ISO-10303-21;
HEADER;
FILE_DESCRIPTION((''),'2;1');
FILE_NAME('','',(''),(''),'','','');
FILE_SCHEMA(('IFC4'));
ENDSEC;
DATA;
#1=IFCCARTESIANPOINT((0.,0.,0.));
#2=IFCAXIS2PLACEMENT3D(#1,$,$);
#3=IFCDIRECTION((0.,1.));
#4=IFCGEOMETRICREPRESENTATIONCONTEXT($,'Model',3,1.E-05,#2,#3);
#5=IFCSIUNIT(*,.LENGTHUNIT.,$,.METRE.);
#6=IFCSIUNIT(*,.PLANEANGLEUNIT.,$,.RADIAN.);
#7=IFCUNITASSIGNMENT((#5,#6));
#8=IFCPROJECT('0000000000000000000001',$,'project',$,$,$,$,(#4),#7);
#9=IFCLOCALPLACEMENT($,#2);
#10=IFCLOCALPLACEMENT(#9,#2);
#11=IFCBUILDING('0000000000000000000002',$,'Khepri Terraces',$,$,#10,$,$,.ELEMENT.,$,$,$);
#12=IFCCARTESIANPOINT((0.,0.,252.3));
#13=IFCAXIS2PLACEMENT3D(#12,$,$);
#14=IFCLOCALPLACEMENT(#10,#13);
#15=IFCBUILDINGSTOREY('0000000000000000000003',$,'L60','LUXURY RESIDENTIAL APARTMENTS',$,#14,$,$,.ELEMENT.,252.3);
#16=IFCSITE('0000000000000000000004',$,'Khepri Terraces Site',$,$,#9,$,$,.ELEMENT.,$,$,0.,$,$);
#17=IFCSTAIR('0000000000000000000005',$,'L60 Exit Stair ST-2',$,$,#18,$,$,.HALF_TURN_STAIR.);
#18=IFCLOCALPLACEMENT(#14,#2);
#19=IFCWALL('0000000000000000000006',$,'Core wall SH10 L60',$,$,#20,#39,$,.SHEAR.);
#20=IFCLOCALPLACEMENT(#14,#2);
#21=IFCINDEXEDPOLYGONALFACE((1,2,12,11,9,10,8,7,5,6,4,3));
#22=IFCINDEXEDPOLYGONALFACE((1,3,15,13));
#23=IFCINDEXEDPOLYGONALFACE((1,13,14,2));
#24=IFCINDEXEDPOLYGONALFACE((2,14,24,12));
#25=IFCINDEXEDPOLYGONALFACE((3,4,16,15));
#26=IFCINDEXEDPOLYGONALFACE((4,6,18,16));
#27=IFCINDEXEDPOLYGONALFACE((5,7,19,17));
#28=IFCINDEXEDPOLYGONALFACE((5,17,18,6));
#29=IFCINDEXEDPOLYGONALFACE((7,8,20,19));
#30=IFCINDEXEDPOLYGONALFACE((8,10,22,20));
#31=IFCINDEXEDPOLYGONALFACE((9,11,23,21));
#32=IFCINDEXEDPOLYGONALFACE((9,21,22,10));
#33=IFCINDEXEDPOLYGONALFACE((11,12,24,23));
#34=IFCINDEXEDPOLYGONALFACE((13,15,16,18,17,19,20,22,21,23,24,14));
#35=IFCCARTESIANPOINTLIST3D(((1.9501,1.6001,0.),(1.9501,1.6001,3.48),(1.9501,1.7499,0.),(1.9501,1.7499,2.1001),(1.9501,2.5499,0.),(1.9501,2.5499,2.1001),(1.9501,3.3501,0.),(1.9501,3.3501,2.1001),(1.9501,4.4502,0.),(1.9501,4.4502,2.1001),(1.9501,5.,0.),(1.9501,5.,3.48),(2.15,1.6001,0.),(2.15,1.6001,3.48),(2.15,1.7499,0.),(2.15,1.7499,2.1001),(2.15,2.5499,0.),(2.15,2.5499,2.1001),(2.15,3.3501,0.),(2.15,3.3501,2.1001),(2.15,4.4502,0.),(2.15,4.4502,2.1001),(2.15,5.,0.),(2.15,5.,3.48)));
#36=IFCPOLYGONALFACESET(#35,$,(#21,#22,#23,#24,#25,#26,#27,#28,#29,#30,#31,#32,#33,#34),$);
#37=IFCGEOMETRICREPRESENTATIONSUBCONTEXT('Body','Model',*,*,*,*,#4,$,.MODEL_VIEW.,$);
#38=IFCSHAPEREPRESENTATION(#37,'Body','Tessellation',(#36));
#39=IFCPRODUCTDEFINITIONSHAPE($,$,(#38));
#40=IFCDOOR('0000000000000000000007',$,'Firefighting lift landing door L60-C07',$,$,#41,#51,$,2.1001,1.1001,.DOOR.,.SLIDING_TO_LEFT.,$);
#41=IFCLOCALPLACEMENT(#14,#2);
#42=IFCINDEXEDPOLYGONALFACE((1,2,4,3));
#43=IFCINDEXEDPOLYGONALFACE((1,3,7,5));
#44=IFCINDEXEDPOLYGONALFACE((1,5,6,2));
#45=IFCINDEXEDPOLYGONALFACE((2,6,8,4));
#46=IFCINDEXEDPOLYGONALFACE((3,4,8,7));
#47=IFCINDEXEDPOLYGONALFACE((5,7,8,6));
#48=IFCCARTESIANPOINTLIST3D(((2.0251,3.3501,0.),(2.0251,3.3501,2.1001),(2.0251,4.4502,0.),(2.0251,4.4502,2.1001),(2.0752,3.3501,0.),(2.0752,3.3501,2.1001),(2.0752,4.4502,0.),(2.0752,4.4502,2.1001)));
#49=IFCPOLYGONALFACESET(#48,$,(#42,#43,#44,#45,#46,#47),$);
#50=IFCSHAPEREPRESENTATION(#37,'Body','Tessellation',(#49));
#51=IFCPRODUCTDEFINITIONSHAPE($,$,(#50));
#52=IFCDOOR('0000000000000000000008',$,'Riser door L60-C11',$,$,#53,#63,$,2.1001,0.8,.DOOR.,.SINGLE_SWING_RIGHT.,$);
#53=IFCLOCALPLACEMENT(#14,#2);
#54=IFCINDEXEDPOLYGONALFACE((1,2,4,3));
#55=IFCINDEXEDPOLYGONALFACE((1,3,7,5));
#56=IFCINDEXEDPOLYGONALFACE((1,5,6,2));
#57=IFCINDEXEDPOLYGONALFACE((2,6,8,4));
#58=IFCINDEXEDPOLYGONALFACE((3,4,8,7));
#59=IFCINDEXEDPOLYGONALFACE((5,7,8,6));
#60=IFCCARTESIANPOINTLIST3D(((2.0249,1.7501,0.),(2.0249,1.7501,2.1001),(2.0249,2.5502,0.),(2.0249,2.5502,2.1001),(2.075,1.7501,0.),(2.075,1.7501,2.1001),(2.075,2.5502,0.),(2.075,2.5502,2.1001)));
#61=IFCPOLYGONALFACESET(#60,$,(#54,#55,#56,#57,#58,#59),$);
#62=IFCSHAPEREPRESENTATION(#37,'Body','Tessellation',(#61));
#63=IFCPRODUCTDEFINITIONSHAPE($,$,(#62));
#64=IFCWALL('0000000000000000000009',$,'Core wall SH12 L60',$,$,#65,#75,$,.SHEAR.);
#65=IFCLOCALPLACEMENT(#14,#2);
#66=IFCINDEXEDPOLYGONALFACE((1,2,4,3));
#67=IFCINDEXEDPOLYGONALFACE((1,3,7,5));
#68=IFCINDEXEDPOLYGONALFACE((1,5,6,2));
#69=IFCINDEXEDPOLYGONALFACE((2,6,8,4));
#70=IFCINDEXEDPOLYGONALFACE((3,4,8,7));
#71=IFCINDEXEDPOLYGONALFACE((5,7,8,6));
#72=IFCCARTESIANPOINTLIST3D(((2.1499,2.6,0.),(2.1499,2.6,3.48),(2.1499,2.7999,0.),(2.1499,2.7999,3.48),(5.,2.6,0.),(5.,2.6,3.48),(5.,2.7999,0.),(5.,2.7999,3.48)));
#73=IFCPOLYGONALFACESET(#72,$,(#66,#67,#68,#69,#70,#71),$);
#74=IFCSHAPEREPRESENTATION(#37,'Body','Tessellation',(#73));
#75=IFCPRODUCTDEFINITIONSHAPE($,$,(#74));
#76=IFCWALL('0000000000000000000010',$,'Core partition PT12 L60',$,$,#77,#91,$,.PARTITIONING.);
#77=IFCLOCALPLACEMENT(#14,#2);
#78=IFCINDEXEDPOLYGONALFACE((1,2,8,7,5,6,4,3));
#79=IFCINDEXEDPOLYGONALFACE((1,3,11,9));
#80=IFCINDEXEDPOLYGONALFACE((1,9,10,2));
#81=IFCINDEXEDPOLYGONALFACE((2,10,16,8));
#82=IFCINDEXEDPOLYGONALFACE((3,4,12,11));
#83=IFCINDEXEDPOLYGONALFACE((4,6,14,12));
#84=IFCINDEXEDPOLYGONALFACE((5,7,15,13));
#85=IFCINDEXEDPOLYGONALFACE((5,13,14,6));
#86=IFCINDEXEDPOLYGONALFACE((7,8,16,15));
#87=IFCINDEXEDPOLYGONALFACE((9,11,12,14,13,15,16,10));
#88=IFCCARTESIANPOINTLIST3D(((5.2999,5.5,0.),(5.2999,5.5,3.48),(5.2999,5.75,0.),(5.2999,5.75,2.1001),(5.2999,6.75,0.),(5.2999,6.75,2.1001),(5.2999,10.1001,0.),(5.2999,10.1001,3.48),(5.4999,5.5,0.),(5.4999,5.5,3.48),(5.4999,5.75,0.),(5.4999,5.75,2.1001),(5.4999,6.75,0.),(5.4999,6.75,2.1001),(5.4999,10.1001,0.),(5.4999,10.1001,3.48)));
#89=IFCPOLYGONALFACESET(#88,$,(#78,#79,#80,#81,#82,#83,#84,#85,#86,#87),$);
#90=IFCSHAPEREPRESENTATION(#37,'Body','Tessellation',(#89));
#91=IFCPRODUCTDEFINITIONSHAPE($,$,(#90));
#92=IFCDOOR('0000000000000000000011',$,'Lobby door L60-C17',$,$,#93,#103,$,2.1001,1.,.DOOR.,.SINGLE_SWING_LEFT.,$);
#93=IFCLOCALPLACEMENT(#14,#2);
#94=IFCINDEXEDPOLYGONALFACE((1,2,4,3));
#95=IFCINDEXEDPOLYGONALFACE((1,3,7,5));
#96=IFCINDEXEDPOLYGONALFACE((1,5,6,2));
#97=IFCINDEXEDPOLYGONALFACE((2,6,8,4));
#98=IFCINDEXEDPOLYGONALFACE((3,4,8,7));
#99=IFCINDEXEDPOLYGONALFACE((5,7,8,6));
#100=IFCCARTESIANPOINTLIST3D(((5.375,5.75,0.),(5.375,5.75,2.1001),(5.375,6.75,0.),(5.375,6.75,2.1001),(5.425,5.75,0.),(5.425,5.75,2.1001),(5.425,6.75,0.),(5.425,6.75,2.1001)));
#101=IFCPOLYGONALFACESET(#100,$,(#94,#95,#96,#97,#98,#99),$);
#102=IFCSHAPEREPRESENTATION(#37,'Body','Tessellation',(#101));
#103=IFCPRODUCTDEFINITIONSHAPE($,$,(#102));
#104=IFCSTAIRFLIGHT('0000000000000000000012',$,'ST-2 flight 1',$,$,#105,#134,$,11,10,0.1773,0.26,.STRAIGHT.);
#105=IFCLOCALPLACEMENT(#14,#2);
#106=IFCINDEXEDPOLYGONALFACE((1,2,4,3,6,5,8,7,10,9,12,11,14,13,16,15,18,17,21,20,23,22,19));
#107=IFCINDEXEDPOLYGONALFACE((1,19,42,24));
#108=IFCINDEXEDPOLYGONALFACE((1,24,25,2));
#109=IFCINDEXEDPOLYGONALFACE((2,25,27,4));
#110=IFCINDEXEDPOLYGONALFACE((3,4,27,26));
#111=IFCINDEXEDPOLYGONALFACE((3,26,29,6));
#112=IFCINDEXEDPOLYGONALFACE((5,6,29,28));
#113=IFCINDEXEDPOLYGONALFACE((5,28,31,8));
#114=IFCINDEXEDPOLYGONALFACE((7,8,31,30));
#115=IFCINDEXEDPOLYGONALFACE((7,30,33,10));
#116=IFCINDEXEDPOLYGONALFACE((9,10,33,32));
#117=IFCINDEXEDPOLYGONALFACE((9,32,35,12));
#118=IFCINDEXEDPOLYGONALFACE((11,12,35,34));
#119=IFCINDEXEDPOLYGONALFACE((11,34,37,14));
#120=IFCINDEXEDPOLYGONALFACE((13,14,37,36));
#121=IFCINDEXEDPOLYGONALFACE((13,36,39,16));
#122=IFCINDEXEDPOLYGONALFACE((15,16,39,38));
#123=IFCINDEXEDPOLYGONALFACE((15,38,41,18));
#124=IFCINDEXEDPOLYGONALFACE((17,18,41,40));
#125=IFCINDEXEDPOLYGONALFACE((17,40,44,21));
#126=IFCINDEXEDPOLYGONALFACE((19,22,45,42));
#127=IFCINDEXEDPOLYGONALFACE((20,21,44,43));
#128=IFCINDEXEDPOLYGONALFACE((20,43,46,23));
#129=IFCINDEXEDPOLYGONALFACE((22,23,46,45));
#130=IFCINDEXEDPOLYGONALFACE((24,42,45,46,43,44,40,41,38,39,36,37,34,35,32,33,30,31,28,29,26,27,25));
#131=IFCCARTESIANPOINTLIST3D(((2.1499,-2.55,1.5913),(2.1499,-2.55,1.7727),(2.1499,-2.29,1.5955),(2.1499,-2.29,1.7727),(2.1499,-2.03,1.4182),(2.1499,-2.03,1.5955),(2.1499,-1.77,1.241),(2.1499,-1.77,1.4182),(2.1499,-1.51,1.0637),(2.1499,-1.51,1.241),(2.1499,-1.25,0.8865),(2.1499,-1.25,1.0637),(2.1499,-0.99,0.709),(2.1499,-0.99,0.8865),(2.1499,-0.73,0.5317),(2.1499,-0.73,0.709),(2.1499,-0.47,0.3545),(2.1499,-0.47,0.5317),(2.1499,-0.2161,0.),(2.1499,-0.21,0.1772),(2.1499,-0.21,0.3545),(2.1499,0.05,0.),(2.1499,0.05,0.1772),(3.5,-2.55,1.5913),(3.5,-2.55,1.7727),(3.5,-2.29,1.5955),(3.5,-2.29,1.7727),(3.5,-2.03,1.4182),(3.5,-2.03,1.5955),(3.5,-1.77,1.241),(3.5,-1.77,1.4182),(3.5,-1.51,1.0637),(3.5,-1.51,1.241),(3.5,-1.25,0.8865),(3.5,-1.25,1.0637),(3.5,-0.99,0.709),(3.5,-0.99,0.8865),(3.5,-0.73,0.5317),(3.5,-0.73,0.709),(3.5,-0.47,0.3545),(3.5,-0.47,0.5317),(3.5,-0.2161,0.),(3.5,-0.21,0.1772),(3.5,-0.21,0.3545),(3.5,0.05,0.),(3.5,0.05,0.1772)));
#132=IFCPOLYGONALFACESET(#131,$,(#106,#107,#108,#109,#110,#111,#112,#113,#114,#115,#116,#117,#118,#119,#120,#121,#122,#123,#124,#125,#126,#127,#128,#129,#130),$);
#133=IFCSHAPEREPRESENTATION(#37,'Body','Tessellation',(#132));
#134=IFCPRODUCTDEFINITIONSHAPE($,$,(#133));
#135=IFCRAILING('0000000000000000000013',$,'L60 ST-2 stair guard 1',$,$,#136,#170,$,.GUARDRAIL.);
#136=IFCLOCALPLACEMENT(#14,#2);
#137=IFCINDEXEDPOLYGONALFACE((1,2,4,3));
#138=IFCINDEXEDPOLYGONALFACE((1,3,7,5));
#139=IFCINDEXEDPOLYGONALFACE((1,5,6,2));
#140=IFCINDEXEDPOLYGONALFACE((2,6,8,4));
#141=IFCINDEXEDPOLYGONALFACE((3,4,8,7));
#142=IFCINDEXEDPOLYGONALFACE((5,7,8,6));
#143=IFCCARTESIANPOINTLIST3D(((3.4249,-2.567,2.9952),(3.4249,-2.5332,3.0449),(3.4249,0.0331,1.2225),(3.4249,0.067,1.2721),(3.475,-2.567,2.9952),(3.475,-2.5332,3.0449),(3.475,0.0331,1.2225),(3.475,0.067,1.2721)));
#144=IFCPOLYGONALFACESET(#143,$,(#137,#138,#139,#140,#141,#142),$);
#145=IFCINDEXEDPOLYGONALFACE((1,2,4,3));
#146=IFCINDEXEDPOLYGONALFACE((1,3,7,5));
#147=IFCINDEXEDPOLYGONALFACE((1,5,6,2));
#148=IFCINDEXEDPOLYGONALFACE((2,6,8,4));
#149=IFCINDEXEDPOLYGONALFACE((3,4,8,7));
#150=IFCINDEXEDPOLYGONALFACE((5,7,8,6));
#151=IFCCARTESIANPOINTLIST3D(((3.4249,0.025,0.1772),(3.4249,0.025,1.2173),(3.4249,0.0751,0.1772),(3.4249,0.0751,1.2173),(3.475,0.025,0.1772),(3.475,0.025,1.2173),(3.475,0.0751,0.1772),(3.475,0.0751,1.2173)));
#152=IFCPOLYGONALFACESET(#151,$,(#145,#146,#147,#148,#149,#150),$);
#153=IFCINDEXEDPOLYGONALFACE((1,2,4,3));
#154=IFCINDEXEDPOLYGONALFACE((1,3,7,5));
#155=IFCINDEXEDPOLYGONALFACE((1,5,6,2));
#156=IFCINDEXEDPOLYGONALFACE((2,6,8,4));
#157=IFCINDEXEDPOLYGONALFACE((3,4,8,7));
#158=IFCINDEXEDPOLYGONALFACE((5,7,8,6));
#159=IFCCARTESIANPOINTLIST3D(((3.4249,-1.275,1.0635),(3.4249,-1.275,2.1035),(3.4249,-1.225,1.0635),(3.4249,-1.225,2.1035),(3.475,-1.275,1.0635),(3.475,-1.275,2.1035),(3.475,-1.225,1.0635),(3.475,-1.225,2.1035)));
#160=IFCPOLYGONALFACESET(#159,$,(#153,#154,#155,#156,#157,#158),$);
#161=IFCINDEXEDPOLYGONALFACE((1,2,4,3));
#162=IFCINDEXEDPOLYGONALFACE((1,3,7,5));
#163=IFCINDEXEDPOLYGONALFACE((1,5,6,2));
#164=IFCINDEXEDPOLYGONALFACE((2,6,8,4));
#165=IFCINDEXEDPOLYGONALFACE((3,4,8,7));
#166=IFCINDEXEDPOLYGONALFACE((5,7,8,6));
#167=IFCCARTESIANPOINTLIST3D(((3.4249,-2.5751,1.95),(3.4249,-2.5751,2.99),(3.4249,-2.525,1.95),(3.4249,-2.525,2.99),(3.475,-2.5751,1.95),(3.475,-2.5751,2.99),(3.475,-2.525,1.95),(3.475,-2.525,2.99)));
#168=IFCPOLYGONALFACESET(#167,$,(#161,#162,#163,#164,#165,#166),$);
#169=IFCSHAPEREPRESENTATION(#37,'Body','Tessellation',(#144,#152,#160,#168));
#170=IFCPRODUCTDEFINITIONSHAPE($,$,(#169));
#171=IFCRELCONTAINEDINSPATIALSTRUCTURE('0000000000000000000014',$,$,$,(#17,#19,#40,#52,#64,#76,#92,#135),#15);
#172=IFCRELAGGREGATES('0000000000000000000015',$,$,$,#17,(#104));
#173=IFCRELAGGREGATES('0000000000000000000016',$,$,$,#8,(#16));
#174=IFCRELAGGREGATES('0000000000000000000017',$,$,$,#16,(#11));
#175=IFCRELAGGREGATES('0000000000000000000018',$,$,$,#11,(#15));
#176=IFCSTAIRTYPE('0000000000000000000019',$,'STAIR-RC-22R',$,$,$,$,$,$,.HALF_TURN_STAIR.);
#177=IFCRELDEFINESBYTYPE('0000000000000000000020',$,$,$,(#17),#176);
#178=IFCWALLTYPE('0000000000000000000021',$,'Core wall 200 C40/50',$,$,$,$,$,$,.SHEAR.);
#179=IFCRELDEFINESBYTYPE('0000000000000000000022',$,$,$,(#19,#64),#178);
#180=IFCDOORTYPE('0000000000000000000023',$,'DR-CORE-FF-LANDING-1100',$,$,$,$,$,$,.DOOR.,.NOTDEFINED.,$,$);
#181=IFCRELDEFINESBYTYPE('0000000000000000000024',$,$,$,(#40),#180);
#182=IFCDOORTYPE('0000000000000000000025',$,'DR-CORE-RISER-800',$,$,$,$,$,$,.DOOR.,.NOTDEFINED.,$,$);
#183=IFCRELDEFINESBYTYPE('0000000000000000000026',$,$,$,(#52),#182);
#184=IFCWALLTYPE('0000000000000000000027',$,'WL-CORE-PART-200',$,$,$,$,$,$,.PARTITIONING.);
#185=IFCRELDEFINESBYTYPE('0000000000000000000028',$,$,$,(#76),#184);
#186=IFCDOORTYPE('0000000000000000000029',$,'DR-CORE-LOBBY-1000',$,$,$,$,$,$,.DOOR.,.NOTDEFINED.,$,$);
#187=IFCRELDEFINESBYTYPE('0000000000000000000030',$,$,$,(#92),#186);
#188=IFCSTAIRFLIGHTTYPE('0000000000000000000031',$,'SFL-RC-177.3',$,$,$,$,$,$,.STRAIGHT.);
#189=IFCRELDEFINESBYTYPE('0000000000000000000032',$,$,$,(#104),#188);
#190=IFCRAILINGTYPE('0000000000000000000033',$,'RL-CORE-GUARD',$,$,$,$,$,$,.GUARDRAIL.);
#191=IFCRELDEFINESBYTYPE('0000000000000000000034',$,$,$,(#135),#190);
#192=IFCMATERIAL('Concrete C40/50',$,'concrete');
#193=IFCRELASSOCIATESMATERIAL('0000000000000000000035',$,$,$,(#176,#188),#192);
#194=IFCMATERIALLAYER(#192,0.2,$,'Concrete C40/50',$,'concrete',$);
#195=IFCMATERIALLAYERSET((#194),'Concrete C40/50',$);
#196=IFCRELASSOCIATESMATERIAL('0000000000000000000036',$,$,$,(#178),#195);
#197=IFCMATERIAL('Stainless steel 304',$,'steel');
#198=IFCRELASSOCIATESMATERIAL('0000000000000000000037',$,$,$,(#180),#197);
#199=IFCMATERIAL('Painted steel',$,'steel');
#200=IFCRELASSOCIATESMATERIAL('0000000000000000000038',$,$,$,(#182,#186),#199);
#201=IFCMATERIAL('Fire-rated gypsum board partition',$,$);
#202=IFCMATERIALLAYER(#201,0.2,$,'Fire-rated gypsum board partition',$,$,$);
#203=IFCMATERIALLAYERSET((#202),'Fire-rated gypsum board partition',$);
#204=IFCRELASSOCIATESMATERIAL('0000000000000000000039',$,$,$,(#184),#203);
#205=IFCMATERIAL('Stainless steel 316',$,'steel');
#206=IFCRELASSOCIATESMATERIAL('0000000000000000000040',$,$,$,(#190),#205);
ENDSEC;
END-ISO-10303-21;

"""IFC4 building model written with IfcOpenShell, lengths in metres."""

from ifc_helpers import new_model, si_unit, direction, frame, frame_2d, origin, origin_2d, place, context, subcontext, project, spatial, polyline, rectangle, outline, extrude, material, layer, layer_set, type_object, element, fill, aggregate, save


model = new_model("IFC4")

# Units and contexts
model_context = context("Model", 3, precision=1e-05, world=origin(), true_north=direction((0.0, 1.0)))
body_context = subcontext(model_context, "Body", "Model", "MODEL_VIEW")
ifc_project = project(units=[si_unit("LENGTHUNIT", "METRE"), si_unit("PLANEANGLEUNIT", "RADIAN")], contexts=[model_context])

# Site, building, storey
site_placement = place(None, origin())
site = spatial("IfcSite", under=ifc_project, at=site_placement, Name="Khepri Terraces Site", CompositionType="ELEMENT", RefElevation=0.0)
building_placement = place(site_placement, origin())
building = spatial("IfcBuilding", under=site, at=building_placement, Name="Khepri Terraces", CompositionType="ELEMENT")
storey_placement = place(building_placement, frame((0.0, 0.0, 252.3)))
storey = spatial("IfcBuildingStorey", under=building, at=storey_placement, Name="L60", Description="LUXURY RESIDENTIAL APARTMENTS", CompositionType="ELEMENT", Elevation=252.3)

# Stair
ifc_material_1 = material(Name="Concrete C40/50", Category="concrete")
stair_type = type_object("IfcStairType", Name="STAIR-RC-22R", PredefinedType="HALF_TURN_STAIR", material=ifc_material_1)
stair_1_placement = place(storey_placement, origin())
stair_1 = element("IfcStair", 1, at=stair_1_placement, inside=storey, type_object=stair_type, Name="L60 Exit Stair ST-2", PredefinedType="HALF_TURN_STAIR")

# Shared definitions
ifc_layer_1 = layer(ifc_material_1, 0.2, Name="Concrete C40/50", Category="concrete")
ifc_layer_set_1 = layer_set([ifc_layer_1], Name="Concrete C40/50")
wall_type_1 = type_object("IfcWallType", Name="Core wall 200 C40/50", PredefinedType="SHEAR", material=ifc_layer_set_1)

# Shared definitions
ifc_material_2 = material(Name="Painted steel", Category="steel")

# Wall, openings, doors
wall_1_placement = place(storey_placement, frame((2.05, 1.6001, 0.0), z_axis=(0.0, 0.0, 1.0), x_axis=(0.0, 1.0, 0.0)))
wall_1 = element("IfcWall", 2, at=wall_1_placement, inside=storey, type_object=wall_type_1, Name="Core wall SH10 L60", PredefinedType="SHEAR", context=body_context, shape_type="SweptSolid", body=[
    extrude(rectangle(XDim=3.3999, YDim=0.2, at=frame_2d((1.7, 0.0))), origin(), (0.0, 0.0, 1.0), 3.48),
])
opening_1_placement = place(wall_1_placement, frame((1.75, 0.0, 0.0)))
opening_1 = element("IfcOpeningElement", 3, at=opening_1_placement, cuts=wall_1, PredefinedType="OPENING", context=body_context, shape_type="SweptSolid", body=[
    extrude(rectangle(XDim=1.1001, YDim=2.1001, at=frame_2d((0.55, 1.05))), frame((0.0, 0.1099, 0.0), z_axis=(0.0, -1.0, 0.0), x_axis=(1.0, 0.0, 0.0)), (0.0, 0.0, 1.0), 0.22),
])
opening_2_placement = place(wall_1_placement, frame((0.1499, 0.0, 0.0)))
opening_2 = element("IfcOpeningElement", 4, at=opening_2_placement, cuts=wall_1, PredefinedType="OPENING", context=body_context, shape_type="SweptSolid", body=[
    extrude(rectangle(XDim=0.8, YDim=2.1001, at=frame_2d((0.3999, 1.05))), frame((0.0, 0.1099, 0.0), z_axis=(0.0, -1.0, 0.0), x_axis=(1.0, 0.0, 0.0)), (0.0, 0.0, 1.0), 0.22),
])
ifc_material_3 = material(Name="Stainless steel 304", Category="steel")
door_type_1 = type_object("IfcDoorType", Name="DR-CORE-FF-LANDING-1100", OperationType="NOTDEFINED", PredefinedType="DOOR", material=ifc_material_3)
door_1_placement = place(opening_1_placement, origin())
door_1 = element("IfcDoor", 5, at=door_1_placement, inside=storey, type_object=door_type_1, Name="Firefighting lift landing door L60-C07", OperationType="SLIDING_TO_LEFT", OverallHeight=2.1001, OverallWidth=1.1001, PredefinedType="DOOR", context=body_context, shape_type="SweptSolid", body=[
    extrude(rectangle(XDim=1.1001, YDim=2.1001, at=frame_2d((0.55, 1.05))), frame((0.0, 0.0249, 0.0), z_axis=(0.0, -1.0, 0.0), x_axis=(1.0, 0.0, 0.0)), (0.0, 0.0, 1.0), 0.05),
])
fill(opening_1, door_1)
door_type_2 = type_object("IfcDoorType", Name="DR-CORE-RISER-800", OperationType="NOTDEFINED", PredefinedType="DOOR", material=ifc_material_2)
door_2_placement = place(opening_2_placement, frame((0.8, 0.0, 0.0), z_axis=(0.0, 0.0, 1.0), x_axis=(-1.0, 0.0, 0.0)))
door_2 = element("IfcDoor", 6, at=door_2_placement, inside=storey, type_object=door_type_2, Name="Riser door L60-C11", OperationType="SINGLE_SWING_RIGHT", OverallHeight=2.1001, OverallWidth=0.8, PredefinedType="DOOR", context=body_context, shape_type="SweptSolid", body=[
    extrude(rectangle(XDim=0.8, YDim=2.1001, at=frame_2d((0.3999, 1.05))), frame((0.0, 0.0249, 0.0), z_axis=(0.0, -1.0, 0.0), x_axis=(1.0, 0.0, 0.0)), (0.0, 0.0, 1.0), 0.05),
])
fill(opening_2, door_2)

# Wall
wall_2_placement = place(storey_placement, frame((2.1499, 2.7, 0.0), z_axis=(0.0, 0.0, 1.0), x_axis=(1.0, 0.0, 0.0)))
element("IfcWall", 7, at=wall_2_placement, inside=storey, type_object=wall_type_1, Name="Core wall SH12 L60", PredefinedType="SHEAR", context=body_context, shape_type="SweptSolid", body=[
    extrude(rectangle(XDim=2.8501, YDim=0.2, at=frame_2d((1.425, 0.0))), origin(), (0.0, 0.0, 1.0), 3.48),
])

# Wall, opening, door
ifc_material_4 = material(Name="Fire-rated gypsum board partition")
ifc_layer_2 = layer(ifc_material_4, 0.2, Name="Fire-rated gypsum board partition")
ifc_layer_set_2 = layer_set([ifc_layer_2], Name="Fire-rated gypsum board partition")
wall_type_2 = type_object("IfcWallType", Name="WL-CORE-PART-200", PredefinedType="PARTITIONING", material=ifc_layer_set_2)
wall_3_placement = place(storey_placement, frame((5.3999, 5.5, 0.0), z_axis=(0.0, 0.0, 1.0), x_axis=(0.0, 1.0, 0.0)))
wall_3 = element("IfcWall", 8, at=wall_3_placement, inside=storey, type_object=wall_type_2, Name="Core partition PT12 L60", PredefinedType="PARTITIONING", context=body_context, shape_type="SweptSolid", body=[
    extrude(rectangle(XDim=4.6001, YDim=0.2, at=frame_2d((2.3, 0.0))), origin(), (0.0, 0.0, 1.0), 3.48),
])
opening_3_placement = place(wall_3_placement, frame((0.25, 0.0, 0.0)))
opening_3 = element("IfcOpeningElement", 9, at=opening_3_placement, cuts=wall_3, PredefinedType="OPENING", context=body_context, shape_type="SweptSolid", body=[
    extrude(rectangle(XDim=1.0, YDim=2.1001, at=frame_2d((0.5, 1.05))), frame((0.0, 0.1099, 0.0), z_axis=(0.0, -1.0, 0.0), x_axis=(1.0, 0.0, 0.0)), (0.0, 0.0, 1.0), 0.22),
])
door_type_3 = type_object("IfcDoorType", Name="DR-CORE-LOBBY-1000", OperationType="NOTDEFINED", PredefinedType="DOOR", material=ifc_material_2)
door_3_placement = place(opening_3_placement, origin())
door_3 = element("IfcDoor", 10, at=door_3_placement, inside=storey, type_object=door_type_3, Name="Lobby door L60-C17", OperationType="SINGLE_SWING_LEFT", OverallHeight=2.1001, OverallWidth=1.0, PredefinedType="DOOR", context=body_context, shape_type="SweptSolid", body=[
    extrude(rectangle(XDim=1.0, YDim=2.1001, at=frame_2d((0.5, 1.05))), frame((0.0, 0.0249, 0.0), z_axis=(0.0, -1.0, 0.0), x_axis=(1.0, 0.0, 0.0)), (0.0, 0.0, 1.0), 0.05),
])
fill(opening_3, door_3)

# Stair flight
stair_flight_type = type_object("IfcStairFlightType", Name="SFL-RC-177.3", PredefinedType="STRAIGHT", material=ifc_material_1)
stair_flight_placement = place(storey_placement, frame((2.825, 0.05, 0.0), z_axis=(0.0, 0.0, 1.0), x_axis=(0.0, -1.0, 0.0)))
stair_flight = element("IfcStairFlight", 11, at=stair_flight_placement, type_object=stair_flight_type, Name="ST-2 flight 1", NumberOfRisers=11, NumberOfTreads=10, PredefinedType="STRAIGHT", RiserHeight=0.1773, TreadLength=0.26, context=body_context, shape_type="SweptSolid", body=[
    extrude(outline(polyline([(0.0, 0.0), (0.0, 0.1772), (0.26, 0.1772), (0.26, 0.3545), (0.52, 0.3545), (0.52, 0.5317), (0.78, 0.5317), (0.78, 0.709), (1.04, 0.709), (1.04, 0.8865), (1.3, 0.8865), (1.3, 1.0637), (1.5601, 1.0637), (1.5601, 1.241), (1.8201, 1.241), (1.8201, 1.4182), (2.0801, 1.4182), (2.0801, 1.5955), (2.3401, 1.5955), (2.3401, 1.7727), (2.6001, 1.7727), (2.6001, 1.95), (2.6001, 1.5913), (0.2661, 0.0), (0.0, 0.0)])), frame((0.0, 0.675, 0.0), z_axis=(0.0, -1.0, 0.0), x_axis=(1.0, 0.0, 0.0)), (0.0, 0.0, 1.0), 1.3501),
])
aggregate(stair_1, [stair_flight])

# Railing
ifc_material_5 = material(Name="Stainless steel 316", Category="steel")
railing_type_1 = type_object("IfcRailingType", Name="RL-CORE-GUARD", PredefinedType="GUARDRAIL", material=ifc_material_5)
railing_1_placement = place(storey_placement, frame((3.45, 0.05, 0.1772)))
element("IfcRailing", 12, at=railing_1_placement, inside=storey, type_object=railing_type_1, Name="L60 ST-2 stair guard 1", PredefinedType="GUARDRAIL", context=body_context, shape_type="SweptSolid", body=[
    extrude(rectangle(XDim=0.05, YDim=0.0601, at=origin_2d()), frame((0.0, 0.0, 1.0701), z_axis=(0.0, -0.82624, 0.563318), x_axis=(1.0, 0.0, 0.0)), (0.0, 0.0, 1.0), 3.147),
    extrude(rectangle(XDim=0.05, YDim=0.05, at=origin_2d()), origin(), (0.0, 0.0, 1.0), 1.04),
    extrude(rectangle(XDim=0.05, YDim=0.05, at=origin_2d()), frame((0.0, -1.3, 0.8862)), (0.0, 0.0, 1.0), 1.04),
    extrude(rectangle(XDim=0.05, YDim=0.05, at=origin_2d()), frame((0.0, -2.6001, 1.7727)), (0.0, 0.0, 1.0), 1.04),
])

save(model, "model.ifc")
